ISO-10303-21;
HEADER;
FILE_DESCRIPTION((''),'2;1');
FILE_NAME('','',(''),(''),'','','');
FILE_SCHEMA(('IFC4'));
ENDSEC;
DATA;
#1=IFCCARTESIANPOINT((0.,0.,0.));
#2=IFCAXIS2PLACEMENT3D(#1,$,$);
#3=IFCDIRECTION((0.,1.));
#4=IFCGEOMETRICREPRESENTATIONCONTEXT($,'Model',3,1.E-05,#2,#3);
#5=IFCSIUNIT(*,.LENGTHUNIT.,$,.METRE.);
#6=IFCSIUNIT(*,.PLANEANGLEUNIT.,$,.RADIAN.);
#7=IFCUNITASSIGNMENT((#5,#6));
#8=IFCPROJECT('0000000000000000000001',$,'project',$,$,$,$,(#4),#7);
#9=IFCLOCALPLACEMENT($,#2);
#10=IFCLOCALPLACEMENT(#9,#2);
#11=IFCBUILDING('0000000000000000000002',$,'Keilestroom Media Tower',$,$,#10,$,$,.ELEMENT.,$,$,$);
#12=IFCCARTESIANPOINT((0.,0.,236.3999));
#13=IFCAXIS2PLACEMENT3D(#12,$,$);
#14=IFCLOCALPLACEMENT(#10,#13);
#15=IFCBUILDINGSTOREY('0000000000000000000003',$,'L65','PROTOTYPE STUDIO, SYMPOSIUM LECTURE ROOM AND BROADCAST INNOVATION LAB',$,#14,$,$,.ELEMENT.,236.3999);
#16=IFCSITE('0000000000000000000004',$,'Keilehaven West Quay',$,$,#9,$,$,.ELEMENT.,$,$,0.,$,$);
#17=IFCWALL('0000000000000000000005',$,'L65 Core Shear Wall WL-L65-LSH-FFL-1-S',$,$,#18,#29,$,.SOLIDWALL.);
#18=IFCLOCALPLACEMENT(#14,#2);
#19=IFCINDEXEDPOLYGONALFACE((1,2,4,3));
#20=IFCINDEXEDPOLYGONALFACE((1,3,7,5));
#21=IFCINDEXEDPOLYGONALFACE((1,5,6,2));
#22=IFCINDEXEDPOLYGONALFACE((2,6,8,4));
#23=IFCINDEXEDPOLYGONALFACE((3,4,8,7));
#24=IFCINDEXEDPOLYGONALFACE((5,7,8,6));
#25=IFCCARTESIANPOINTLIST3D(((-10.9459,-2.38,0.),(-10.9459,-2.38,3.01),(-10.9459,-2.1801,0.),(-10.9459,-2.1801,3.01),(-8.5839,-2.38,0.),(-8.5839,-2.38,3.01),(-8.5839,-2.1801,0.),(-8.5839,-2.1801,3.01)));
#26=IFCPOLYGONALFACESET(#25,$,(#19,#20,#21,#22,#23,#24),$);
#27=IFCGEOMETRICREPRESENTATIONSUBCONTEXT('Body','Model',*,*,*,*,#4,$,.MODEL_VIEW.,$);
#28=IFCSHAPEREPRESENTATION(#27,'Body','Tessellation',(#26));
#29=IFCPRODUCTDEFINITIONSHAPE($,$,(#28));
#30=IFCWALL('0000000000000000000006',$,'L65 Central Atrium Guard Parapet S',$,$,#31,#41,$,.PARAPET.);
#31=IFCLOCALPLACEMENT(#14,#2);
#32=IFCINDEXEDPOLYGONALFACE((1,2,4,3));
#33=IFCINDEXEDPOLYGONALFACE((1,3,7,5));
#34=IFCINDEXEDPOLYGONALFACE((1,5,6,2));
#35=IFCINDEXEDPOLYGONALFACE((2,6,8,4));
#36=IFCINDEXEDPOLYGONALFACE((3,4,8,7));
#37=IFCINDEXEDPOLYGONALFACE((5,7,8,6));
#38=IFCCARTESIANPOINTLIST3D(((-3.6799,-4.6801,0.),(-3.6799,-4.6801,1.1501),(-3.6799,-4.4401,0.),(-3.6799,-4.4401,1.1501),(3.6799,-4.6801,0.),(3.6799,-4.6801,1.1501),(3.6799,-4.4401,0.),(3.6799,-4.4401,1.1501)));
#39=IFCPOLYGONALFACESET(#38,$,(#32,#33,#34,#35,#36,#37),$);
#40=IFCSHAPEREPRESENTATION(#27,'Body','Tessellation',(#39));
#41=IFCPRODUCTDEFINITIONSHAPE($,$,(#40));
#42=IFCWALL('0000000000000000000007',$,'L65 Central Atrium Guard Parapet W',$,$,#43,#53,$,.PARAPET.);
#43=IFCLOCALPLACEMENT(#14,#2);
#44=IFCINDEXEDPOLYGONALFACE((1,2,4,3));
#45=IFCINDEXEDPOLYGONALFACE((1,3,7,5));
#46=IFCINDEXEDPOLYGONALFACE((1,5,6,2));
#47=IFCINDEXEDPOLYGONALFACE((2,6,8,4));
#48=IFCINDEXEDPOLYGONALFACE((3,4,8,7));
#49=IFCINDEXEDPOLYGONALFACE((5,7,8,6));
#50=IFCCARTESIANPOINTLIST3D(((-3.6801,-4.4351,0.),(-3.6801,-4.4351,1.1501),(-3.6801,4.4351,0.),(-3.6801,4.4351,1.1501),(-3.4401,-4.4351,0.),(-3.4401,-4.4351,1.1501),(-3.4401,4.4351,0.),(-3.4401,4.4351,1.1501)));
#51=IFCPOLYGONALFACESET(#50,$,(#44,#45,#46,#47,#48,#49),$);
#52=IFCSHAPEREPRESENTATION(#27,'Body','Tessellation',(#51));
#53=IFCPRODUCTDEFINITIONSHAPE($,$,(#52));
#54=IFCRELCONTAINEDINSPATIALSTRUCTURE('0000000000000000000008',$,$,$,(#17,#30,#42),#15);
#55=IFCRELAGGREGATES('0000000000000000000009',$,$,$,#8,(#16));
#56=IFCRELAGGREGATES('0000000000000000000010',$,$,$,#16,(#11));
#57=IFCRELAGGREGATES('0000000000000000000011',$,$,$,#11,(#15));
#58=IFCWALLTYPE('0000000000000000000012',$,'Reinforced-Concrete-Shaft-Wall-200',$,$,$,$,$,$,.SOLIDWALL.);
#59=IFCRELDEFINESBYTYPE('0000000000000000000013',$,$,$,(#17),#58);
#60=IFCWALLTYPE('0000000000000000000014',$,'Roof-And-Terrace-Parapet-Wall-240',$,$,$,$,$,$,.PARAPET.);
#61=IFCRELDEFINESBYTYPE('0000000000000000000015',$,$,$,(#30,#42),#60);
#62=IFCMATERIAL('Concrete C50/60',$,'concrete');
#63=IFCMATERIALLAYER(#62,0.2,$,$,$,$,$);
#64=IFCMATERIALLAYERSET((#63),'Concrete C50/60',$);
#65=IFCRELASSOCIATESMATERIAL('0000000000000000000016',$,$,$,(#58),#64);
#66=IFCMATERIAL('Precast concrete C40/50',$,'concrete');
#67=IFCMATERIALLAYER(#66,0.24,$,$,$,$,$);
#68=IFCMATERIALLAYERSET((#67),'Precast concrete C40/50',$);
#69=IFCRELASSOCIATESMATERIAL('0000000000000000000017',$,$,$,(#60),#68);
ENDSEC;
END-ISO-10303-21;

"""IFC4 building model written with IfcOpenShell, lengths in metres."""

from ifc_helpers import new_model, si_unit, direction, frame, frame_2d, origin, place, context, subcontext, project, spatial, rectangle, extrude, material, layer, layer_set, type_object, element, save


model = new_model("IFC4")

# Units and contexts
model_context = context("Model", 3, precision=1e-05, world=origin(), true_north=direction((0.0, 1.0)))
body_context = subcontext(model_context, "Body", "Model", "MODEL_VIEW")
ifc_project = project(units=[si_unit("LENGTHUNIT", "METRE"), si_unit("PLANEANGLEUNIT", "RADIAN")], contexts=[model_context])

# Site, building, storey
site_placement = place(None, origin())
site = spatial("IfcSite", under=ifc_project, at=site_placement, Name="Keilehaven West Quay", CompositionType="ELEMENT", RefElevation=0.0)
building_placement = place(site_placement, origin())
building = spatial("IfcBuilding", under=site, at=building_placement, Name="Keilestroom Media Tower", CompositionType="ELEMENT")
storey_placement = place(building_placement, frame((0.0, 0.0, 236.3999)))
storey = spatial("IfcBuildingStorey", under=building, at=storey_placement, Name="L65", Description="PROTOTYPE STUDIO, SYMPOSIUM LECTURE ROOM AND BROADCAST INNOVATION LAB", CompositionType="ELEMENT", Elevation=236.3999)

# Shared definitions
ifc_material_1 = material(Name="Concrete C50/60", Category="concrete")

# Shared definitions
ifc_layer_1 = layer(ifc_material_1, 0.2)
ifc_layer_set_1 = layer_set([ifc_layer_1], Name="Concrete C50/60")
wall_type_1 = type_object("IfcWallType", Name="Reinforced-Concrete-Shaft-Wall-200", PredefinedType="SOLIDWALL", material=ifc_layer_set_1)

# Walls
wall_1_placement = place(storey_placement, frame((-10.946, -2.28, 0.0), z_axis=(0.0, 0.0, 1.0), x_axis=(1.0, 0.0, 0.0)))
element("IfcWall", 1, at=wall_1_placement, inside=storey, type_object=wall_type_1, Name="L65 Core Shear Wall WL-L65-LSH-FFL-1-S", PredefinedType="SOLIDWALL", context=body_context, shape_type="SweptSolid", body=[
    extrude(rectangle(XDim=2.3621, YDim=0.2, at=frame_2d((1.1812, 0.0))), origin(), (0.0, 0.0, 1.0), 3.01),
])
ifc_material_2 = material(Name="Precast concrete C40/50", Category="concrete")
ifc_layer_2 = layer(ifc_material_2, 0.24)
ifc_layer_set_2 = layer_set([ifc_layer_2], Name="Precast concrete C40/50")
wall_type_2 = type_object("IfcWallType", Name="Roof-And-Terrace-Parapet-Wall-240", PredefinedType="PARAPET", material=ifc_layer_set_2)
wall_2_placement = place(storey_placement, frame((-3.6799, -4.5601, 0.0), z_axis=(0.0, 0.0, 1.0), x_axis=(1.0, 0.0, 0.0)))
element("IfcWall", 2, at=wall_2_placement, inside=storey, type_object=wall_type_2, Name="L65 Central Atrium Guard Parapet S", PredefinedType="PARAPET", context=body_context, shape_type="SweptSolid", body=[
    extrude(rectangle(XDim=7.3599, YDim=0.24, at=frame_2d((3.6799, 0.0))), origin(), (0.0, 0.0, 1.0), 1.1501),
])
wall_3_placement = place(storey_placement, frame((-3.5601, -4.4351, 0.0), z_axis=(0.0, 0.0, 1.0), x_axis=(0.0, 1.0, 0.0)))
element("IfcWall", 3, at=wall_3_placement, inside=storey, type_object=wall_type_2, Name="L65 Central Atrium Guard Parapet W", PredefinedType="PARAPET", context=body_context, shape_type="SweptSolid", body=[
    extrude(rectangle(XDim=8.8701, YDim=0.24, at=frame_2d((4.4351, 0.0))), origin(), (0.0, 0.0, 1.0), 1.1501),
])

save(model, "model.ifc")
